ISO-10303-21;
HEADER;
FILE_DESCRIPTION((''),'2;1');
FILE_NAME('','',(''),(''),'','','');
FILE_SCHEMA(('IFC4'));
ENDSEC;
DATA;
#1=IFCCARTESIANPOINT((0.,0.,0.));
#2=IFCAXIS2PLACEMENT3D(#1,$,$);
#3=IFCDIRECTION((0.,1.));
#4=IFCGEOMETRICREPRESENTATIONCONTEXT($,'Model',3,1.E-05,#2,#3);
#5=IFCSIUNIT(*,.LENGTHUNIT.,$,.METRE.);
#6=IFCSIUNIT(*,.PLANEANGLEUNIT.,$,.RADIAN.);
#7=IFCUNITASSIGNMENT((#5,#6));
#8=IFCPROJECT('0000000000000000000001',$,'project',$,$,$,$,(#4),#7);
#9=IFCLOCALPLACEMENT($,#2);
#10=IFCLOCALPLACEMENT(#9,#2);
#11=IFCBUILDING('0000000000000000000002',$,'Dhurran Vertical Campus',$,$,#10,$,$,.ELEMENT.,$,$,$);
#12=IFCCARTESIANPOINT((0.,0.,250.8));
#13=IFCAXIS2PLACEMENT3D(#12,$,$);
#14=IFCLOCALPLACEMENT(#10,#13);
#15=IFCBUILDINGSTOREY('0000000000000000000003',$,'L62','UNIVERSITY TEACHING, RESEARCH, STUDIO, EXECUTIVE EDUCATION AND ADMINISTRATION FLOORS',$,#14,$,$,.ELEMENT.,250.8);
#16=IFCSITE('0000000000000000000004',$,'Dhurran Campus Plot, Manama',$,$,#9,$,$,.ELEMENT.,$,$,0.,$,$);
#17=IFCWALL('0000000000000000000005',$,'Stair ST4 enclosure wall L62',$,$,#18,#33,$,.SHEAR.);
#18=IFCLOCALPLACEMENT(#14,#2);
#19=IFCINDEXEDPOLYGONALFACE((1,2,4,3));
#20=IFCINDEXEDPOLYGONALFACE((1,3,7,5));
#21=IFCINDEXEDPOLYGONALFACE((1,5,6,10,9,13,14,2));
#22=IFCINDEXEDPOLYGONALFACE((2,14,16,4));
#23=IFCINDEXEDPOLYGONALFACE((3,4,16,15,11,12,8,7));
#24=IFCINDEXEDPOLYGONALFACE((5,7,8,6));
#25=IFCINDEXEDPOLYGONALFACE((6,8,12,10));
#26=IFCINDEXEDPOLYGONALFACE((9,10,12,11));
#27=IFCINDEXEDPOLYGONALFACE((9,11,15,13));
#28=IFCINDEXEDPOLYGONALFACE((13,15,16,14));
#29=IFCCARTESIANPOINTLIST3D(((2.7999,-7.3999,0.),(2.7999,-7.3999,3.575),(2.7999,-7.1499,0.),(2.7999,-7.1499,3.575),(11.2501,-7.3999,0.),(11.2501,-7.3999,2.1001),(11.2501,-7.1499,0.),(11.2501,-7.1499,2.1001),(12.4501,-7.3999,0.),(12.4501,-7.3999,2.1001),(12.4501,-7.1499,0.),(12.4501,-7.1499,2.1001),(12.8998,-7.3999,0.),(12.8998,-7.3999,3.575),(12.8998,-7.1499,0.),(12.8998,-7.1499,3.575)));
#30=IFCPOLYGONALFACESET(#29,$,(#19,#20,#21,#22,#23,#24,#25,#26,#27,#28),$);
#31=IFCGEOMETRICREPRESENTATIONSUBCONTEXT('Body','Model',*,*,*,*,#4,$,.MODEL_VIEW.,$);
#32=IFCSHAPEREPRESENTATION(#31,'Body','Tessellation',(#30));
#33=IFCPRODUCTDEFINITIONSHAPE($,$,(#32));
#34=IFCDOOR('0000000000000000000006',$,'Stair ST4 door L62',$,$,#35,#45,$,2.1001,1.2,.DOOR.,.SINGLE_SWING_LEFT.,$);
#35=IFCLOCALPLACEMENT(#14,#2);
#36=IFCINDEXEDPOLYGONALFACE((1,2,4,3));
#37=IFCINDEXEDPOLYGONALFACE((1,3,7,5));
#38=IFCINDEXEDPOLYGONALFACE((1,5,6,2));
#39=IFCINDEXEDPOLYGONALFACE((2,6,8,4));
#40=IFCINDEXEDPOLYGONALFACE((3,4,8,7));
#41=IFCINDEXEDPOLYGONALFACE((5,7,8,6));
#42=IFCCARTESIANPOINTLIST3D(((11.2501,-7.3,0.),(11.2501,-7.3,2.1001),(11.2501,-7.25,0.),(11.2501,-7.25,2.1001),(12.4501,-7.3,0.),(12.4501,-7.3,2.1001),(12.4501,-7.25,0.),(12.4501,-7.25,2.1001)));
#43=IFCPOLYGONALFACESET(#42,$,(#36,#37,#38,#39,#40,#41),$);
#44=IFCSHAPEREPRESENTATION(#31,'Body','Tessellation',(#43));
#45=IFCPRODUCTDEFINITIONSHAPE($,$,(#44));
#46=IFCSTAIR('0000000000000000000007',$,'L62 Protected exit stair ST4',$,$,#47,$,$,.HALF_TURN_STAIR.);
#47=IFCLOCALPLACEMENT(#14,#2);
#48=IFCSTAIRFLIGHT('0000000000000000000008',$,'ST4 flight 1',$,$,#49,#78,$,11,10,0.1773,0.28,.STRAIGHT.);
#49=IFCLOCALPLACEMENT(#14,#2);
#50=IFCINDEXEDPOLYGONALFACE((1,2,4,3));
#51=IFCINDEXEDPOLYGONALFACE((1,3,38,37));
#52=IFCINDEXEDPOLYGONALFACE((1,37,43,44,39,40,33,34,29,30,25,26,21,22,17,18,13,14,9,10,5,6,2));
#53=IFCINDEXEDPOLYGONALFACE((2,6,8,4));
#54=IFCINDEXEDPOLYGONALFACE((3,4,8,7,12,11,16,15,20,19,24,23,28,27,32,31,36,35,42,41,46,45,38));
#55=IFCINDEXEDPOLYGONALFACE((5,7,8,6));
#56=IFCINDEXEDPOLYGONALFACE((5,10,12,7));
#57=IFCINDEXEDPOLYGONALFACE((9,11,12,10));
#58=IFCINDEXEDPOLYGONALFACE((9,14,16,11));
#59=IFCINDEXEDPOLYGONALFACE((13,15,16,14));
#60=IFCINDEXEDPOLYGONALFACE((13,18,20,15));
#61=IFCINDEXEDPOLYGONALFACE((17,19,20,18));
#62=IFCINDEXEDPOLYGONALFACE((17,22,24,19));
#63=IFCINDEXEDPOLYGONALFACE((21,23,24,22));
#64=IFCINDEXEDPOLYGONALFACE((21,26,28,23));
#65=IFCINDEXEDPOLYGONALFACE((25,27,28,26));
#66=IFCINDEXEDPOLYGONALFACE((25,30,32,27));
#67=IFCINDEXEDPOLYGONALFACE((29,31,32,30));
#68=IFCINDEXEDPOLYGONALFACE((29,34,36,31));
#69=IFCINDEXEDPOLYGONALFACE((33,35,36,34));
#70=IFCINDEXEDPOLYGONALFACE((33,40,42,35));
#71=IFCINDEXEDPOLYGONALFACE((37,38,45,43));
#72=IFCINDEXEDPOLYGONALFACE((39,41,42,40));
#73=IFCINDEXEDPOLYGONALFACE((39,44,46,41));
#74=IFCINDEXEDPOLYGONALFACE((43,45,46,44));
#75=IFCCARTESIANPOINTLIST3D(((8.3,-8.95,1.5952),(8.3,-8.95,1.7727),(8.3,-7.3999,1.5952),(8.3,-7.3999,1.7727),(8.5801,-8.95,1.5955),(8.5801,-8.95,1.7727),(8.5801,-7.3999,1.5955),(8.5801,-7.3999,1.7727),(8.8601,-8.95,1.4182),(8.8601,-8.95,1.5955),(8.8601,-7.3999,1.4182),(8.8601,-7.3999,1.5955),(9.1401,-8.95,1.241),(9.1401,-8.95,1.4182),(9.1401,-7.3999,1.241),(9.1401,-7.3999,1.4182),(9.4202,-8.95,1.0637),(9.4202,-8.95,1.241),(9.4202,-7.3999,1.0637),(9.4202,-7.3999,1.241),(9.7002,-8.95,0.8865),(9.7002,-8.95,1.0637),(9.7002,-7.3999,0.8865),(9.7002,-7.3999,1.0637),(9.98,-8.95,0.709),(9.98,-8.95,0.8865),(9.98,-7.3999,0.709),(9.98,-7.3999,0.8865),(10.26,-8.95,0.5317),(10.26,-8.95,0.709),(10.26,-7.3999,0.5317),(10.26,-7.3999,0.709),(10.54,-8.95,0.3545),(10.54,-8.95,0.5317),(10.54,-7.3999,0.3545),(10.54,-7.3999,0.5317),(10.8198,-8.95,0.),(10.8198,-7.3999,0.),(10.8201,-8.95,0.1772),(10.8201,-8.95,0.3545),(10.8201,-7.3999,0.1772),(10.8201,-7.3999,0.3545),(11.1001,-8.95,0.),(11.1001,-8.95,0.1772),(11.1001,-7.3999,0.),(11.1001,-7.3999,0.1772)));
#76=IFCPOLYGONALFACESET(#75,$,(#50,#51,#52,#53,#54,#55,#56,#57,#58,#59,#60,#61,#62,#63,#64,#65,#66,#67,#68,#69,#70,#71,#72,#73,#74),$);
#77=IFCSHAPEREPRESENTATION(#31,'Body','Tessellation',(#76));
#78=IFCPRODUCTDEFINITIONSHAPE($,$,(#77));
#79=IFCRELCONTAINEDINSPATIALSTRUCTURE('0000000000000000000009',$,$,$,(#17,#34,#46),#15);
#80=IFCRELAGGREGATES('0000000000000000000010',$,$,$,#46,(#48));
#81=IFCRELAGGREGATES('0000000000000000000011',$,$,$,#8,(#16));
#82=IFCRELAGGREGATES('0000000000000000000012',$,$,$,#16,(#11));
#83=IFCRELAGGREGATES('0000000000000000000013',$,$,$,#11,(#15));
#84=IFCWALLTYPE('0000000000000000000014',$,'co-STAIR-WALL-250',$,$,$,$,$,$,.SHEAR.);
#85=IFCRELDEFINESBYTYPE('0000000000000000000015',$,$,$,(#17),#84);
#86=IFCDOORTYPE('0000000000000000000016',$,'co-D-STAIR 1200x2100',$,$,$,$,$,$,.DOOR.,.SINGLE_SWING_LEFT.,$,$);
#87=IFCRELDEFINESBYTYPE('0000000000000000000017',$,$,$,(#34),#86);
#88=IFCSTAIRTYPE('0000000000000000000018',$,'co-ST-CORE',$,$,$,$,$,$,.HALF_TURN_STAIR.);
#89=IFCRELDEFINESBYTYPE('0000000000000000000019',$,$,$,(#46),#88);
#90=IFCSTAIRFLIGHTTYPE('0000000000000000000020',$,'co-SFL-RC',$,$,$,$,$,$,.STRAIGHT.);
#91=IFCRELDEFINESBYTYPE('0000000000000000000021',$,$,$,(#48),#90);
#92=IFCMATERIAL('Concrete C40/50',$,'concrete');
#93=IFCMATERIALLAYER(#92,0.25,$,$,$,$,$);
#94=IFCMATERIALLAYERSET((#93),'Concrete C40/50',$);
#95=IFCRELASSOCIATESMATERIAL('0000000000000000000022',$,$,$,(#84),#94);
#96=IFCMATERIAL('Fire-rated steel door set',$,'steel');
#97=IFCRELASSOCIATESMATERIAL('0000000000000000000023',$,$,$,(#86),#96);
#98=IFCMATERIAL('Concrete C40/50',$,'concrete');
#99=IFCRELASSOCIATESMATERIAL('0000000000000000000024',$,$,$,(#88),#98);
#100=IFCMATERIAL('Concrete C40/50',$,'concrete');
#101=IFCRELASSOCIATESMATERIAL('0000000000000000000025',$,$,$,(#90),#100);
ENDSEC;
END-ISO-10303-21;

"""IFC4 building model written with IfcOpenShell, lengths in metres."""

from ifc_helpers import new_model, si_unit, direction, frame, frame_2d, origin, place, context, subcontext, project, spatial, polyline, rectangle, outline, extrude, material, layer, layer_set, type_object, element, fill, aggregate, save


model = new_model("IFC4")

# Units and contexts
model_context = context("Model", 3, precision=1e-05, world=origin(), true_north=direction((0.0, 1.0)))
body_context = subcontext(model_context, "Body", "Model", "MODEL_VIEW")
ifc_project = project(units=[si_unit("LENGTHUNIT", "METRE"), si_unit("PLANEANGLEUNIT", "RADIAN")], contexts=[model_context])

# Site, building, storey
site_placement = place(None, origin())
site = spatial("IfcSite", under=ifc_project, at=site_placement, Name="Dhurran Campus Plot, Manama", CompositionType="ELEMENT", RefElevation=0.0)
building_placement = place(site_placement, origin())
building = spatial("IfcBuilding", under=site, at=building_placement, Name="Dhurran Vertical Campus", CompositionType="ELEMENT")
storey_placement = place(building_placement, frame((0.0, 0.0, 250.8)))
storey = spatial("IfcBuildingStorey", under=building, at=storey_placement, Name="L62", Description="UNIVERSITY TEACHING, RESEARCH, STUDIO, EXECUTIVE EDUCATION AND ADMINISTRATION FLOORS", CompositionType="ELEMENT", Elevation=250.8)

# Wall, opening, door
ifc_material_1 = material(Name="Concrete C40/50", Category="concrete")
ifc_layer_1 = layer(ifc_material_1, 0.25)
ifc_layer_set_1 = layer_set([ifc_layer_1], Name="Concrete C40/50")
wall_type_1 = type_object("IfcWallType", Name="co-STAIR-WALL-250", PredefinedType="SHEAR", material=ifc_layer_set_1)
wall_1_placement = place(storey_placement, frame((2.8, -7.2749, 0.0), z_axis=(0.0, 0.0, 1.0), x_axis=(1.0, 0.0, 0.0)))
wall_1 = element("IfcWall", 1, at=wall_1_placement, inside=storey, type_object=wall_type_1, Name="Stair ST4 enclosure wall L62", PredefinedType="SHEAR", context=body_context, shape_type="SweptSolid", body=[
    extrude(rectangle(XDim=10.0999, YDim=0.25, at=frame_2d((5.0498, 0.0))), origin(), (0.0, 0.0, 1.0), 3.575),
])
opening_1_placement = place(wall_1_placement, frame((8.45, 0.0, 0.0)))
opening_1 = element("IfcOpeningElement", 2, at=opening_1_placement, cuts=wall_1, PredefinedType="OPENING", context=body_context, shape_type="SweptSolid", body=[
    extrude(rectangle(XDim=1.2, YDim=2.1001, at=frame_2d((0.6001, 1.05))), frame((0.0, 0.135, 0.0), z_axis=(0.0, -1.0, 0.0), x_axis=(1.0, 0.0, 0.0)), (0.0, 0.0, 1.0), 0.27),
])
ifc_material_2 = material(Name="Fire-rated steel door set", Category="steel")
door_type_1 = type_object("IfcDoorType", Name="co-D-STAIR 1200x2100", OperationType="SINGLE_SWING_LEFT", PredefinedType="DOOR", material=ifc_material_2)
door_1_placement = place(opening_1_placement, origin())
door_1 = element("IfcDoor", 3, at=door_1_placement, inside=storey, type_object=door_type_1, Name="Stair ST4 door L62", OperationType="SINGLE_SWING_LEFT", OverallHeight=2.1001, OverallWidth=1.2, PredefinedType="DOOR", context=body_context, shape_type="SweptSolid", body=[
    extrude(rectangle(XDim=1.2, YDim=2.1001, at=frame_2d((0.6001, 1.05))), frame((0.0, 0.0249, 0.0), z_axis=(0.0, -1.0, 0.0), x_axis=(1.0, 0.0, 0.0)), (0.0, 0.0, 1.0), 0.05),
])
fill(opening_1, door_1)

# Stair, stair flight
ifc_material_3 = material(Name="Concrete C40/50", Category="concrete")
stair_type = type_object("IfcStairType", Name="co-ST-CORE", PredefinedType="HALF_TURN_STAIR", material=ifc_material_3)
stair_placement = place(storey_placement, origin())
stair = element("IfcStair", 4, at=stair_placement, inside=storey, type_object=stair_type, Name="L62 Protected exit stair ST4", PredefinedType="HALF_TURN_STAIR")
ifc_material_4 = material(Name="Concrete C40/50", Category="concrete")
stair_flight_type = type_object("IfcStairFlightType", Name="co-SFL-RC", PredefinedType="STRAIGHT", material=ifc_material_4)
stair_flight_placement = place(storey_placement, frame((11.1001, -8.175, 0.0), z_axis=(0.0, 0.0, 1.0), x_axis=(-1.0, 0.0, 0.0)))
stair_flight = element("IfcStairFlight", 5, at=stair_flight_placement, type_object=stair_flight_type, Name="ST4 flight 1", NumberOfRisers=11, NumberOfTreads=10, PredefinedType="STRAIGHT", RiserHeight=0.1773, TreadLength=0.28, context=body_context, shape_type="SweptSolid", body=[
    extrude(outline(polyline([(0.0, 0.0), (0.0, 0.1772), (0.28, 0.1772), (0.28, 0.3545), (0.5601, 0.3545), (0.5601, 0.5317), (0.8401, 0.5317), (0.8401, 0.709), (1.1201, 0.709), (1.1201, 0.8865), (1.3999, 0.8865), (1.3999, 1.0637), (1.6799, 1.0637), (1.6799, 1.241), (1.96, 1.241), (1.96, 1.4182), (2.24, 1.4182), (2.24, 1.5955), (2.52, 1.5955), (2.52, 1.7727), (2.8, 1.7727), (2.8, 1.95), (2.8, 1.5952), (0.2803, 0.0), (0.0, 0.0)])), frame((0.0, 0.7749, 0.0), z_axis=(0.0, -1.0, 0.0), x_axis=(1.0, 0.0, 0.0)), (0.0, 0.0, 1.0), 1.55),
])
aggregate(stair, [stair_flight])

save(model, "model.ifc")
